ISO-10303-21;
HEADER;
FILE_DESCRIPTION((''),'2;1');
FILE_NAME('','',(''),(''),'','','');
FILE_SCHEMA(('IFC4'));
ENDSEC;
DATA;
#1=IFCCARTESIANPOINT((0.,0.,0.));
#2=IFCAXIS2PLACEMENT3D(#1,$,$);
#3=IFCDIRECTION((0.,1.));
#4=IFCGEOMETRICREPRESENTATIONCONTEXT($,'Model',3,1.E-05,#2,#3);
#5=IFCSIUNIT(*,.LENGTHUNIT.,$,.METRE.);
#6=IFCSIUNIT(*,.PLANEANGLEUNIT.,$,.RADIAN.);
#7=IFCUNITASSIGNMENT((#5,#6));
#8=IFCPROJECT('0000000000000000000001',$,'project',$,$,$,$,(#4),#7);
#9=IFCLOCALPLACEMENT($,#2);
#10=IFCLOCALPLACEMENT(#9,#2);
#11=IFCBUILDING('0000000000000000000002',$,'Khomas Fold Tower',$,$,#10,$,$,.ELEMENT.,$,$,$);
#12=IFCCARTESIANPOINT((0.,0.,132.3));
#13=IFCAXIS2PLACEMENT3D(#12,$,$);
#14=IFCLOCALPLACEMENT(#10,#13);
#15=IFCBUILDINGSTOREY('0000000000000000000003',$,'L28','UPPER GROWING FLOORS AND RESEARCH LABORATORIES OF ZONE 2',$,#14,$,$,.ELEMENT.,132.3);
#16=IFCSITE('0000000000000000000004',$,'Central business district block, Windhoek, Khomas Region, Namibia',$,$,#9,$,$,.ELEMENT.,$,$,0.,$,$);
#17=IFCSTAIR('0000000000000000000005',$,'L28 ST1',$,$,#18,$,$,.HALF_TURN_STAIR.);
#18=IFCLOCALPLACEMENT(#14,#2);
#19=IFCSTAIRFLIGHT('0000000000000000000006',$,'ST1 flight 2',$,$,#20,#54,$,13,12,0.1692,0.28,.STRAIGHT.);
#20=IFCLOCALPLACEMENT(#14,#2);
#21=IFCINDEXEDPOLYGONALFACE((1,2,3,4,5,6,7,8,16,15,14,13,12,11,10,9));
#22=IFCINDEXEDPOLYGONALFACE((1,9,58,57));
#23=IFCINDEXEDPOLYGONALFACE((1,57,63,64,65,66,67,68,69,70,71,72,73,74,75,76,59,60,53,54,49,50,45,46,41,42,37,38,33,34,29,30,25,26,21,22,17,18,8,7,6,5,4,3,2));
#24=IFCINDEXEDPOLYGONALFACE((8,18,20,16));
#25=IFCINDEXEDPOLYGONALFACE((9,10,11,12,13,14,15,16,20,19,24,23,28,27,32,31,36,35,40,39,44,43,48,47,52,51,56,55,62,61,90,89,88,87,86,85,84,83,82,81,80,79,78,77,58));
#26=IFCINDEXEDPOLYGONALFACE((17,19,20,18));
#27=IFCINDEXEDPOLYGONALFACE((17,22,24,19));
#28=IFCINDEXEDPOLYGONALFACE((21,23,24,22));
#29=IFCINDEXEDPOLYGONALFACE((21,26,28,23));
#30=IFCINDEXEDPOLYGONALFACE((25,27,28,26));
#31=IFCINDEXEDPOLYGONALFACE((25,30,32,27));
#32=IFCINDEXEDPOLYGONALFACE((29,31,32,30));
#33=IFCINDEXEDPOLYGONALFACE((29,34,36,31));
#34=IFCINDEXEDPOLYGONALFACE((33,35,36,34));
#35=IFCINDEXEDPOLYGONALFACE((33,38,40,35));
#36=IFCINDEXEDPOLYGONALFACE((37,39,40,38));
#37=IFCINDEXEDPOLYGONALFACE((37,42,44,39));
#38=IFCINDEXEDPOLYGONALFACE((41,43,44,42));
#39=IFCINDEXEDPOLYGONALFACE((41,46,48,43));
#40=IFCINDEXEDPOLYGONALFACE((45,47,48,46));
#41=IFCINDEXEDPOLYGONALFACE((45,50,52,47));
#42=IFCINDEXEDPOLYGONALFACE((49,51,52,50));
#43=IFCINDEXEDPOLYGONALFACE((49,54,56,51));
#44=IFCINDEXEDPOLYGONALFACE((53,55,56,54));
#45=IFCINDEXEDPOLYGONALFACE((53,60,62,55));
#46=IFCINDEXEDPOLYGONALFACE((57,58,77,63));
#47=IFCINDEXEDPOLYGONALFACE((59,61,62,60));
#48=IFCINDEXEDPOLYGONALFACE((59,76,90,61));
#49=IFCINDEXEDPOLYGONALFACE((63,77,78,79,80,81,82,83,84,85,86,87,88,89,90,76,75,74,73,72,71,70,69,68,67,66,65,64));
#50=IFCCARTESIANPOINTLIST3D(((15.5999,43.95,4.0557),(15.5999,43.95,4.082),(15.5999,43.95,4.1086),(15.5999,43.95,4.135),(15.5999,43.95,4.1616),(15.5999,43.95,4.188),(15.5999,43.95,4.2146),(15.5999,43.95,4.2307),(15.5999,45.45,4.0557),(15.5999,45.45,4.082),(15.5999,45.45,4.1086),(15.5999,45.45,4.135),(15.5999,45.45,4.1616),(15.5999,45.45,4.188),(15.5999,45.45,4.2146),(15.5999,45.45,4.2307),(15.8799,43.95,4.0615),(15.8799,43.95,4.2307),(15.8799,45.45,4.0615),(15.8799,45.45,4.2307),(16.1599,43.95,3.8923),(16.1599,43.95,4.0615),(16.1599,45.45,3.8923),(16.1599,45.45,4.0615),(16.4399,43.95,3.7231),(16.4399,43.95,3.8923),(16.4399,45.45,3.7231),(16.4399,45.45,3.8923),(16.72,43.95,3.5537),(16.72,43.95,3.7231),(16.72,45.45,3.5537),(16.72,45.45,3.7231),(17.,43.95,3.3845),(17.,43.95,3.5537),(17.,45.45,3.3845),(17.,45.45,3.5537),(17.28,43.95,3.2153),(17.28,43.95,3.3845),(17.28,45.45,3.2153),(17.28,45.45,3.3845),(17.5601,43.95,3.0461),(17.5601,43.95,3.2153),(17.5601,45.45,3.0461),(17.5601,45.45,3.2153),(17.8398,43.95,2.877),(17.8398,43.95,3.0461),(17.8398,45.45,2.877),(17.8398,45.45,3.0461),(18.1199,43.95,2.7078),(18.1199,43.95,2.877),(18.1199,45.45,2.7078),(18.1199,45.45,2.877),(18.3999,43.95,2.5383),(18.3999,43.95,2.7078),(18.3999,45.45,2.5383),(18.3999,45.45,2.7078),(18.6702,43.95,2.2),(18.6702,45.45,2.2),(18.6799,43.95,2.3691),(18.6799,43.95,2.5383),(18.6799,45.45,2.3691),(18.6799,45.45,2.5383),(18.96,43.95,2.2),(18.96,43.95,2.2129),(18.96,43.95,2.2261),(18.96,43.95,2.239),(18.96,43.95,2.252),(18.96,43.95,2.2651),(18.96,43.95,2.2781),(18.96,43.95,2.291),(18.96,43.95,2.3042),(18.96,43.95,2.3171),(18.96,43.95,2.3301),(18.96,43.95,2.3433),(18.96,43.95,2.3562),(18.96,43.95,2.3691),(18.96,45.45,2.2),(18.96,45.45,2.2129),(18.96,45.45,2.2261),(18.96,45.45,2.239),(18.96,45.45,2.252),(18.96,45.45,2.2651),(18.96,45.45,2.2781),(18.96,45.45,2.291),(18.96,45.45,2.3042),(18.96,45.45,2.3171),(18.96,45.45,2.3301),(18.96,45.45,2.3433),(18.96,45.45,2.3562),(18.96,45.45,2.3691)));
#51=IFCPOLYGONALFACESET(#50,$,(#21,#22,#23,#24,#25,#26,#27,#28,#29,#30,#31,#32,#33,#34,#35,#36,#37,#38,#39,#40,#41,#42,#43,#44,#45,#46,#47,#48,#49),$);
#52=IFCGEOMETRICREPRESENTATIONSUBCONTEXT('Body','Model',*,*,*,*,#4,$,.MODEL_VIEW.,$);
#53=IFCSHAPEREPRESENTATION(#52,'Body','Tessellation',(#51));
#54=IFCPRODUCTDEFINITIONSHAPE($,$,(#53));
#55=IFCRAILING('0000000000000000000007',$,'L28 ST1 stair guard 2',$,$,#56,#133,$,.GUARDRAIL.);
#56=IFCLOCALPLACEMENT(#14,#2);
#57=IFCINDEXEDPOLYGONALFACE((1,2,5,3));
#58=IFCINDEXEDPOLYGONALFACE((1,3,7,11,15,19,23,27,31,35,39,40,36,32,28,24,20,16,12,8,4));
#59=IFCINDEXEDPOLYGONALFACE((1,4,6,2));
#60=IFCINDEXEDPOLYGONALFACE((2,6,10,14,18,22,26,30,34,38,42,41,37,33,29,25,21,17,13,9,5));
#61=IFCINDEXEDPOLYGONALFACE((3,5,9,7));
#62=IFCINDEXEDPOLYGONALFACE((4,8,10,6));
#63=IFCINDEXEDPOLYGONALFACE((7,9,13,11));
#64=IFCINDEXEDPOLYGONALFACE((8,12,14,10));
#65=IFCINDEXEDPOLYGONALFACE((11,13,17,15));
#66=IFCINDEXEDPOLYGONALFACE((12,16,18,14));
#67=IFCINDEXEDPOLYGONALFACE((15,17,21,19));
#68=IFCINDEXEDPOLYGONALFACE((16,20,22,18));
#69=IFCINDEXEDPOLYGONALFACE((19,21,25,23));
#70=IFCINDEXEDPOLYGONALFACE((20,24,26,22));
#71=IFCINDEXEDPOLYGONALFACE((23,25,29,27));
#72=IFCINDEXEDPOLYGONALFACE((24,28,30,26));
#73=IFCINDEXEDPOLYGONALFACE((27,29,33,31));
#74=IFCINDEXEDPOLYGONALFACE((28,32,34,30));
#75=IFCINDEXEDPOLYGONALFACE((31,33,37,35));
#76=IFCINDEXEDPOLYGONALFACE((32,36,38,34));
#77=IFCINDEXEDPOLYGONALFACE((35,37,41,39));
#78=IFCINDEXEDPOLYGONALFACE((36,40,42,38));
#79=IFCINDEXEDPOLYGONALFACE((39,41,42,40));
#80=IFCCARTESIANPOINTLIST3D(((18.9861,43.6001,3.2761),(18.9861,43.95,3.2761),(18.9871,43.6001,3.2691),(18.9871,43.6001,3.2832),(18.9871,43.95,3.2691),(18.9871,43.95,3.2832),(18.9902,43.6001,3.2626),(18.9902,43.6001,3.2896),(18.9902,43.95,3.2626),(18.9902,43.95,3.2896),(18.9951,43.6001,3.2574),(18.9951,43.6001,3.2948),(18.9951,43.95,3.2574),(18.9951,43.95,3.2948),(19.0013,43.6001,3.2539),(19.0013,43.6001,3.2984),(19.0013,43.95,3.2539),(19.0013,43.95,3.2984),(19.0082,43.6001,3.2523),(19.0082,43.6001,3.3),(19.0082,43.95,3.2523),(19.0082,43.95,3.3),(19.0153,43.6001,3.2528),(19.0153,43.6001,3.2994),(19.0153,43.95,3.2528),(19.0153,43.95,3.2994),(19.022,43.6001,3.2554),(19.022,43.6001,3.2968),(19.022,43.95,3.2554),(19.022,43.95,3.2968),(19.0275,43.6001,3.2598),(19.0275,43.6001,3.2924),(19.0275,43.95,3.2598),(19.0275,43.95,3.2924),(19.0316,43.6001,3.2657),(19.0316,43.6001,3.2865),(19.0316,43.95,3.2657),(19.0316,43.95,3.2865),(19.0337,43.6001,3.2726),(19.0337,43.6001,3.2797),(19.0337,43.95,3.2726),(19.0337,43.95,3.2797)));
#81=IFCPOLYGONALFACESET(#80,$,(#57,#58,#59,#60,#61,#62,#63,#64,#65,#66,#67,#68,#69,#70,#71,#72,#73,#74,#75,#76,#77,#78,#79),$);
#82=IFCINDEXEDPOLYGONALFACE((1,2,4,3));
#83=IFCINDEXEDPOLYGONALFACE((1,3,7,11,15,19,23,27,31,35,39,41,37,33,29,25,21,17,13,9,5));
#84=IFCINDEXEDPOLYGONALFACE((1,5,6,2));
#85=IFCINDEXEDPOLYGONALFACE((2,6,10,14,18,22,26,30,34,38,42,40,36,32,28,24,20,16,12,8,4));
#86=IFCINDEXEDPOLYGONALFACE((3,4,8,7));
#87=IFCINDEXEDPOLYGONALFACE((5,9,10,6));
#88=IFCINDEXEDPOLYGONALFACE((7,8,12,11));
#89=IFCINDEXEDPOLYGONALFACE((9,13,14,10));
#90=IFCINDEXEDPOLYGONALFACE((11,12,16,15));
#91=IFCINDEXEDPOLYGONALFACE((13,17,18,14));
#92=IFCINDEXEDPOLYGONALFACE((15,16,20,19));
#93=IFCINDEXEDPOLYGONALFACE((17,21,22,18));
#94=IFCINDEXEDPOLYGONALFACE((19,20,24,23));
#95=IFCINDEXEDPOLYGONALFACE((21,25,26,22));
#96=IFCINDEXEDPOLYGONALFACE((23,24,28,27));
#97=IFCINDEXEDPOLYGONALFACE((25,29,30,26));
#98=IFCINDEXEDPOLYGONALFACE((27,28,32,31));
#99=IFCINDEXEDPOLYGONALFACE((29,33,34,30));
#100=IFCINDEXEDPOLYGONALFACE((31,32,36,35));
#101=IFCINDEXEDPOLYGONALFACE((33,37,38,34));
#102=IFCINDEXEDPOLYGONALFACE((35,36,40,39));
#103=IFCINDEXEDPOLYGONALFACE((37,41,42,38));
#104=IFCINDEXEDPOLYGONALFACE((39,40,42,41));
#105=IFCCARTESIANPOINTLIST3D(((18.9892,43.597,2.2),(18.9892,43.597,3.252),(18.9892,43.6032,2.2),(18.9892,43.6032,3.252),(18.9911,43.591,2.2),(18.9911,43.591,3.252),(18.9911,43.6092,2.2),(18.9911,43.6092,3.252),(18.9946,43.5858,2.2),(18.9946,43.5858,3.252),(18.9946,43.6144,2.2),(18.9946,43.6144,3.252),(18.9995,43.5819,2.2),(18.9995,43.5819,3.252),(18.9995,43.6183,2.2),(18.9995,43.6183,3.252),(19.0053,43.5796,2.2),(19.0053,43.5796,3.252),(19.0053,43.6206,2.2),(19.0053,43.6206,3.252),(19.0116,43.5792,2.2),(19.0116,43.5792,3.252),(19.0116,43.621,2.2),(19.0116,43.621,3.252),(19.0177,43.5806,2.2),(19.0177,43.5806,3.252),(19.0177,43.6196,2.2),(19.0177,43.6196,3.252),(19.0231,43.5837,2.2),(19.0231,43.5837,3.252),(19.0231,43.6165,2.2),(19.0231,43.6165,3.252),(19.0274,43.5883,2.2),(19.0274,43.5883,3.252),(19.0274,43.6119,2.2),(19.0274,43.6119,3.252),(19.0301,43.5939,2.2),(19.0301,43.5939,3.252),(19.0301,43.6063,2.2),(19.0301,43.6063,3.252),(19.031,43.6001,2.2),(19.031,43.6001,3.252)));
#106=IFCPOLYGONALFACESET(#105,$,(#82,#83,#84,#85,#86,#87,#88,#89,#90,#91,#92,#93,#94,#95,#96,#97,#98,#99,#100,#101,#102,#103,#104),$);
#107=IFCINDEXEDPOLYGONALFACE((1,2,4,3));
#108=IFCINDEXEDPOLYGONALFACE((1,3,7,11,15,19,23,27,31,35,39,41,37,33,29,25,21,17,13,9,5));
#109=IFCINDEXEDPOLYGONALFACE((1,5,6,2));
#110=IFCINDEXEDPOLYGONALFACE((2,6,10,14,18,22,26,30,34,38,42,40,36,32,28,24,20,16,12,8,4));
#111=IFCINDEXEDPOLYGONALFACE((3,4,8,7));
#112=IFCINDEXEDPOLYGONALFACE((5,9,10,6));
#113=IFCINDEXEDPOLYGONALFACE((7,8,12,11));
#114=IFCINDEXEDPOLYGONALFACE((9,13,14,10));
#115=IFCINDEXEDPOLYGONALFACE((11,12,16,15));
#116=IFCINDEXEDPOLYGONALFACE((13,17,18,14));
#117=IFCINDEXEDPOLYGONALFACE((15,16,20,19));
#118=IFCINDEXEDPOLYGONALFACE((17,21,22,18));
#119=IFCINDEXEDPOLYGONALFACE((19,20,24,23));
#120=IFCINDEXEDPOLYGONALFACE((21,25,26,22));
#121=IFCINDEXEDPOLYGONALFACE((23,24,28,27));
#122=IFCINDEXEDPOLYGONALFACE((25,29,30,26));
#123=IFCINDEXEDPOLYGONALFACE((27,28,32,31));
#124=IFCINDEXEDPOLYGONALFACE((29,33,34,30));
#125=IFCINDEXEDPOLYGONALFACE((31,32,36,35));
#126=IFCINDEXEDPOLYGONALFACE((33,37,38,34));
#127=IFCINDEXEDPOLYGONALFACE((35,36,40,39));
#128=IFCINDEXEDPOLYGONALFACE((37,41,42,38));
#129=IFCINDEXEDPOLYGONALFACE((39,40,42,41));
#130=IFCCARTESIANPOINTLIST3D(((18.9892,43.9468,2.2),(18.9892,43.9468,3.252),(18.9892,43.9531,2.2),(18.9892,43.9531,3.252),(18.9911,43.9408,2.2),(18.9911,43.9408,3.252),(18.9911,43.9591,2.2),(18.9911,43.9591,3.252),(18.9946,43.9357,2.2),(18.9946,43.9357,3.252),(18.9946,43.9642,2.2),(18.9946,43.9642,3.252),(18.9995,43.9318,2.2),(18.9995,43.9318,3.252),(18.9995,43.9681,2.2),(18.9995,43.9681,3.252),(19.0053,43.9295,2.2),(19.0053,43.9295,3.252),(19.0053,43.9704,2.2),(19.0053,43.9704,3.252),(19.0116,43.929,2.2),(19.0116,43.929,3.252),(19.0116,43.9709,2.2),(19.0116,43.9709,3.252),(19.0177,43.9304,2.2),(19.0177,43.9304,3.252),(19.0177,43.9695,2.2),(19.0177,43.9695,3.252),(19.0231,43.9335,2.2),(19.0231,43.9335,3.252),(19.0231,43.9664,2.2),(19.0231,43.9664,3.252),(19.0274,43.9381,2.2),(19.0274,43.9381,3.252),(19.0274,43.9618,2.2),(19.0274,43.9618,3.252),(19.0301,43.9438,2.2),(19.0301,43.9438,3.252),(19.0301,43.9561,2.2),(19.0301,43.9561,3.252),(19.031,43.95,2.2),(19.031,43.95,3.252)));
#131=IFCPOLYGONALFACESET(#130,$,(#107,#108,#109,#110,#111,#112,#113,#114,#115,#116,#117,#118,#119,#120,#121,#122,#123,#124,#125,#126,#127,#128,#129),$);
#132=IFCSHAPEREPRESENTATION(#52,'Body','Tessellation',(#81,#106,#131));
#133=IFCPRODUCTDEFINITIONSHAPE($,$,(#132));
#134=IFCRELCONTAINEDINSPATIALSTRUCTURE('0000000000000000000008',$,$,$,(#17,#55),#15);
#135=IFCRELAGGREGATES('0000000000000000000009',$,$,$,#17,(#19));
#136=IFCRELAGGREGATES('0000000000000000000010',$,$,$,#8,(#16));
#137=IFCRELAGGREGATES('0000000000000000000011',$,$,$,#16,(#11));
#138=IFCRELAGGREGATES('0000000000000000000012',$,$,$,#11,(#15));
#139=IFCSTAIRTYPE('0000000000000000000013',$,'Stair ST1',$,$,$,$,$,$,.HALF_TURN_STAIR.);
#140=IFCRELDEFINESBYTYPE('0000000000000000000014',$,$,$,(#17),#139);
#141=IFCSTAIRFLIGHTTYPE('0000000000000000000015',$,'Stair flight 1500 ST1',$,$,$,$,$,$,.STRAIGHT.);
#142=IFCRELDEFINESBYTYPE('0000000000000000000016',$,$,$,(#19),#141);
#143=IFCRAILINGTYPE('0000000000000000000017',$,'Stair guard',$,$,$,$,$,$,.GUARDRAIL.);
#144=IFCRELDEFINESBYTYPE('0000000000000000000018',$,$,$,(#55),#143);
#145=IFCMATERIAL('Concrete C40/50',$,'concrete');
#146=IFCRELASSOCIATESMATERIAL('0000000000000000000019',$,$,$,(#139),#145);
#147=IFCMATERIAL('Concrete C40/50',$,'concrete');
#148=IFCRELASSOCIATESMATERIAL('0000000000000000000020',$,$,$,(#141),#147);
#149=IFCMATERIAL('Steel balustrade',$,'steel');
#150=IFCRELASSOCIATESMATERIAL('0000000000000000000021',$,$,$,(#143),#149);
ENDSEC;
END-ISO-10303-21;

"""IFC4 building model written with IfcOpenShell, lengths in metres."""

from ifc_helpers import new_model, si_unit, direction, frame, origin, origin_2d, place, context, subcontext, project, spatial, polyline, circle, outline, extrude, source, transform, mapped, material, type_object, element, aggregate, save


model = new_model("IFC4")

# Units and contexts
model_context = context("Model", 3, precision=1e-05, world=origin(), true_north=direction((0.0, 1.0)))
body_context = subcontext(model_context, "Body", "Model", "MODEL_VIEW")
ifc_project = project(units=[si_unit("LENGTHUNIT", "METRE"), si_unit("PLANEANGLEUNIT", "RADIAN")], contexts=[model_context])

# Site, building, storey
site_placement = place(None, origin())
site = spatial("IfcSite", under=ifc_project, at=site_placement, Name="Central business district block, Windhoek, Khomas Region, Namibia", CompositionType="ELEMENT", RefElevation=0.0)
building_placement = place(site_placement, origin())
building = spatial("IfcBuilding", under=site, at=building_placement, Name="Khomas Fold Tower", CompositionType="ELEMENT")
storey_placement = place(building_placement, frame((0.0, 0.0, 132.3)))
storey = spatial("IfcBuildingStorey", under=building, at=storey_placement, Name="L28", Description="UPPER GROWING FLOORS AND RESEARCH LABORATORIES OF ZONE 2", CompositionType="ELEMENT", Elevation=132.3)

# Stair, stair flight
ifc_material_1 = material(Name="Concrete C40/50", Category="concrete")
stair_type = type_object("IfcStairType", Name="Stair ST1", PredefinedType="HALF_TURN_STAIR", material=ifc_material_1)
stair_placement = place(storey_placement, origin())
stair = element("IfcStair", 1, at=stair_placement, inside=storey, type_object=stair_type, Name="L28 ST1", PredefinedType="HALF_TURN_STAIR")
ifc_material_2 = material(Name="Concrete C40/50", Category="concrete")
stair_flight_type = type_object("IfcStairFlightType", Name="Stair flight 1500 ST1", PredefinedType="STRAIGHT", material=ifc_material_2)
shared_shape_1 = source(origin(), body_context, "Body", "SweptSolid", [
    extrude(outline(polyline([(0.0, 0.0), (0.0, 0.0129), (0.0, 0.0261), (0.0, 0.0391), (0.0, 0.052), (0.0, 0.0652), (0.0, 0.0781), (0.0, 0.0911), (0.0, 0.1042), (0.0, 0.1172), (0.0, 0.1301), (0.0, 0.1433), (0.0, 0.1562), (0.0, 0.1692), (0.28, 0.1692), (0.28, 0.3384), (0.5601, 0.3384), (0.5601, 0.5078), (0.8401, 0.5078), (0.8401, 0.677), (1.1201, 0.677), (1.1201, 0.8462), (1.3999, 0.8462), (1.3999, 1.0154), (1.6799, 1.0154), (1.6799, 1.1846), (1.96, 1.1846), (1.96, 1.3538), (2.24, 1.3538), (2.24, 1.5232), (2.52, 1.5232), (2.52, 1.6924), (2.8, 1.6924), (2.8, 1.8616), (3.0801, 1.8616), (3.0801, 2.0308), (3.3601, 2.0308), (3.3601, 2.2), (3.3601, 2.1736), (3.3601, 2.147), (3.3601, 2.1206), (3.3601, 2.094), (3.3601, 2.0676), (3.3601, 2.041), (3.3601, 2.0146), (3.3601, 1.988), (3.3601, 1.9617), (3.3601, 1.9351), (3.3601, 1.9087), (3.3601, 1.8821), (3.3601, 1.8557), (0.2898, 0.0), (0.0, 0.0)])), frame((0.0, 0.75, 0.0), z_axis=(0.0, -1.0, 0.0), x_axis=(1.0, 0.0, 0.0)), (0.0, 0.0, 1.0), 1.5),
])
stair_flight_1_placement = place(storey_placement, frame((18.96, 44.7, 2.2), z_axis=(0.0, 0.0, 1.0), x_axis=(-1.0, 0.0, 0.0)))
stair_flight_1 = element("IfcStairFlight", 2, at=stair_flight_1_placement, type_object=stair_flight_type, Name="ST1 flight 2", NumberOfRisers=13, NumberOfTreads=12, PredefinedType="STRAIGHT", RiserHeight=0.1692, TreadLength=0.28, context=body_context, shape_type="MappedRepresentation", body=[
    mapped(shared_shape_1, transform((0.0, 0.0, 0.0))),
])
aggregate(stair, [stair_flight_1])

# Railing
ifc_material_3 = material(Name="Steel balustrade", Category="steel")
railing_type_1 = type_object("IfcRailingType", Name="Stair guard", PredefinedType="GUARDRAIL", material=ifc_material_3)
shared_shape_2 = source(origin(), body_context, "Body", "SweptSolid", [
    extrude(circle(Radius=0.0239, at=origin_2d()), frame((0.0, 0.0, 1.0762), z_axis=(0.0, 1.0, 0.0), x_axis=(-1.0, 0.0, 0.0)), (0.0, 0.0, 1.0), 0.3499),
    extrude(circle(Radius=0.021, at=origin_2d()), origin(), (0.0, 0.0, 1.0), 1.052),
    extrude(circle(Radius=0.021, at=origin_2d()), frame((0.0, 0.3499, 0.0)), (0.0, 0.0, 1.0), 1.052),
])
for number, where, name in (
    (3, (19.01, 43.6001, 2.2), "L28 ST1 stair guard 2"),
):
    element("IfcRailing", number, at=place(storey_placement, frame(where)), inside=storey, type_object=railing_type_1, Name=name, PredefinedType="GUARDRAIL", context=body_context, shape_type="MappedRepresentation", body=[
        mapped(shared_shape_2, transform((0.0, 0.0, 0.0))),
    ])

save(model, "model.ifc")
